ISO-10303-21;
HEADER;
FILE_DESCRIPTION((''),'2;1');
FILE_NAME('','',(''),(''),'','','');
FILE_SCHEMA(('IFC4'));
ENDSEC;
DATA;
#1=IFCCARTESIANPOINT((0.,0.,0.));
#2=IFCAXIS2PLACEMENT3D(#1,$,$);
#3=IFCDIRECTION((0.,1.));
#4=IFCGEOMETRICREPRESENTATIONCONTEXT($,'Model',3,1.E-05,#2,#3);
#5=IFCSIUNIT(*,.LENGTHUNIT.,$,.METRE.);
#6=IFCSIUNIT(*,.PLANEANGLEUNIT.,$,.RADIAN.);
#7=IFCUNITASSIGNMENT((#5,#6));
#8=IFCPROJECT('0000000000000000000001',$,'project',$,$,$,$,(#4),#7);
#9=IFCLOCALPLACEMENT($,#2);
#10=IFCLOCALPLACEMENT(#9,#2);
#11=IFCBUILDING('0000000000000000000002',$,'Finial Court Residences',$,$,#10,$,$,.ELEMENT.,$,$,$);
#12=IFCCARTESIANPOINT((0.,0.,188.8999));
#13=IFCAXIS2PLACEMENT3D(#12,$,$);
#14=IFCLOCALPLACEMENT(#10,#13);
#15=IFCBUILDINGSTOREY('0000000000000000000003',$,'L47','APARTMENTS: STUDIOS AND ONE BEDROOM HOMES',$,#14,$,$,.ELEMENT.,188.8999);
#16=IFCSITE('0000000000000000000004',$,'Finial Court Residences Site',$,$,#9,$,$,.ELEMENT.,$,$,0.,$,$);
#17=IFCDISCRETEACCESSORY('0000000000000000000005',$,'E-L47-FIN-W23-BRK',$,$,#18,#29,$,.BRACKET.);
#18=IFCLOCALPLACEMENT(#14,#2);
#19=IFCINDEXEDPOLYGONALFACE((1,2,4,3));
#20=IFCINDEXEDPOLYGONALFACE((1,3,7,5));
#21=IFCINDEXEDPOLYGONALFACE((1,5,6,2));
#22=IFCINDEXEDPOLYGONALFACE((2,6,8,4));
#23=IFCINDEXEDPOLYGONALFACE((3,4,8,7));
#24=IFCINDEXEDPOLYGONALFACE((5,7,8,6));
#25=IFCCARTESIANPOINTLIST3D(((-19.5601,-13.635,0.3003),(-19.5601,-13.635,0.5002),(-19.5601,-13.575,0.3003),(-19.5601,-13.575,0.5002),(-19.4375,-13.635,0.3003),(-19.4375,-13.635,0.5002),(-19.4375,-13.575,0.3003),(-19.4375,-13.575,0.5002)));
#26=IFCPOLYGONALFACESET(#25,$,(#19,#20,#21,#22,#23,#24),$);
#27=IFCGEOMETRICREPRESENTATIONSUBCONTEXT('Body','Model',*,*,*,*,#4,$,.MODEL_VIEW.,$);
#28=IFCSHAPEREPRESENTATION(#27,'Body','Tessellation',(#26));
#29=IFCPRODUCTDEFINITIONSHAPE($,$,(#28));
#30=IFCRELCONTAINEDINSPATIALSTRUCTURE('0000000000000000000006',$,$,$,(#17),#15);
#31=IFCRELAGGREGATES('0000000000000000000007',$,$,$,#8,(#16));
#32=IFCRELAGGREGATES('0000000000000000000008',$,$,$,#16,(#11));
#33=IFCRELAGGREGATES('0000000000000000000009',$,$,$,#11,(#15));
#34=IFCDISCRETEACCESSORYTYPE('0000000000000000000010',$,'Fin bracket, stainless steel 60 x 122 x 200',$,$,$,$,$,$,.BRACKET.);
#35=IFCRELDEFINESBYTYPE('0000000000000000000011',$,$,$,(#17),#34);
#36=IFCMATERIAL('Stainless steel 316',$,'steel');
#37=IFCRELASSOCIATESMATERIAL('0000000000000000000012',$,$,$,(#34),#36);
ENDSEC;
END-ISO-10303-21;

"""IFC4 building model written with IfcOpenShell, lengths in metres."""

from ifc_helpers import new_model, si_unit, direction, frame, origin, origin_2d, place, context, subcontext, project, spatial, rectangle, extrude, material, type_object, element, save


model = new_model("IFC4")

# Units and contexts
model_context = context("Model", 3, precision=1e-05, world=origin(), true_north=direction((0.0, 1.0)))
body_context = subcontext(model_context, "Body", "Model", "MODEL_VIEW")
ifc_project = project(units=[si_unit("LENGTHUNIT", "METRE"), si_unit("PLANEANGLEUNIT", "RADIAN")], contexts=[model_context])

# Site, building, storey
site_placement = place(None, origin())
site = spatial("IfcSite", under=ifc_project, at=site_placement, Name="Finial Court Residences Site", CompositionType="ELEMENT", RefElevation=0.0)
building_placement = place(site_placement, origin())
building = spatial("IfcBuilding", under=site, at=building_placement, Name="Finial Court Residences", CompositionType="ELEMENT")
storey_placement = place(building_placement, frame((0.0, 0.0, 188.8999)))
storey = spatial("IfcBuildingStorey", under=building, at=storey_placement, Name="L47", Description="APARTMENTS: STUDIOS AND ONE BEDROOM HOMES", CompositionType="ELEMENT", Elevation=188.8999)

# Discrete accessory
ifc_material_1 = material(Name="Stainless steel 316", Category="steel")
discrete_accessory_type = type_object("IfcDiscreteAccessoryType", Name="Fin bracket, stainless steel 60 x 122 x 200", PredefinedType="BRACKET", material=ifc_material_1)
discrete_accessory_placement = place(storey_placement, frame((-19.4988, -13.605, 0.3003), z_axis=(0.0, 0.0, 1.0), x_axis=(1.0, 0.0, 0.0)))
element("IfcDiscreteAccessory", 1, at=discrete_accessory_placement, inside=storey, type_object=discrete_accessory_type, Name="E-L47-FIN-W23-BRK", PredefinedType="BRACKET", context=body_context, shape_type="SweptSolid", body=[
    extrude(rectangle(XDim=0.1226, YDim=0.0601, at=origin_2d()), origin(), (0.0, 0.0, 1.0), 0.2),
])

save(model, "model.ifc")
